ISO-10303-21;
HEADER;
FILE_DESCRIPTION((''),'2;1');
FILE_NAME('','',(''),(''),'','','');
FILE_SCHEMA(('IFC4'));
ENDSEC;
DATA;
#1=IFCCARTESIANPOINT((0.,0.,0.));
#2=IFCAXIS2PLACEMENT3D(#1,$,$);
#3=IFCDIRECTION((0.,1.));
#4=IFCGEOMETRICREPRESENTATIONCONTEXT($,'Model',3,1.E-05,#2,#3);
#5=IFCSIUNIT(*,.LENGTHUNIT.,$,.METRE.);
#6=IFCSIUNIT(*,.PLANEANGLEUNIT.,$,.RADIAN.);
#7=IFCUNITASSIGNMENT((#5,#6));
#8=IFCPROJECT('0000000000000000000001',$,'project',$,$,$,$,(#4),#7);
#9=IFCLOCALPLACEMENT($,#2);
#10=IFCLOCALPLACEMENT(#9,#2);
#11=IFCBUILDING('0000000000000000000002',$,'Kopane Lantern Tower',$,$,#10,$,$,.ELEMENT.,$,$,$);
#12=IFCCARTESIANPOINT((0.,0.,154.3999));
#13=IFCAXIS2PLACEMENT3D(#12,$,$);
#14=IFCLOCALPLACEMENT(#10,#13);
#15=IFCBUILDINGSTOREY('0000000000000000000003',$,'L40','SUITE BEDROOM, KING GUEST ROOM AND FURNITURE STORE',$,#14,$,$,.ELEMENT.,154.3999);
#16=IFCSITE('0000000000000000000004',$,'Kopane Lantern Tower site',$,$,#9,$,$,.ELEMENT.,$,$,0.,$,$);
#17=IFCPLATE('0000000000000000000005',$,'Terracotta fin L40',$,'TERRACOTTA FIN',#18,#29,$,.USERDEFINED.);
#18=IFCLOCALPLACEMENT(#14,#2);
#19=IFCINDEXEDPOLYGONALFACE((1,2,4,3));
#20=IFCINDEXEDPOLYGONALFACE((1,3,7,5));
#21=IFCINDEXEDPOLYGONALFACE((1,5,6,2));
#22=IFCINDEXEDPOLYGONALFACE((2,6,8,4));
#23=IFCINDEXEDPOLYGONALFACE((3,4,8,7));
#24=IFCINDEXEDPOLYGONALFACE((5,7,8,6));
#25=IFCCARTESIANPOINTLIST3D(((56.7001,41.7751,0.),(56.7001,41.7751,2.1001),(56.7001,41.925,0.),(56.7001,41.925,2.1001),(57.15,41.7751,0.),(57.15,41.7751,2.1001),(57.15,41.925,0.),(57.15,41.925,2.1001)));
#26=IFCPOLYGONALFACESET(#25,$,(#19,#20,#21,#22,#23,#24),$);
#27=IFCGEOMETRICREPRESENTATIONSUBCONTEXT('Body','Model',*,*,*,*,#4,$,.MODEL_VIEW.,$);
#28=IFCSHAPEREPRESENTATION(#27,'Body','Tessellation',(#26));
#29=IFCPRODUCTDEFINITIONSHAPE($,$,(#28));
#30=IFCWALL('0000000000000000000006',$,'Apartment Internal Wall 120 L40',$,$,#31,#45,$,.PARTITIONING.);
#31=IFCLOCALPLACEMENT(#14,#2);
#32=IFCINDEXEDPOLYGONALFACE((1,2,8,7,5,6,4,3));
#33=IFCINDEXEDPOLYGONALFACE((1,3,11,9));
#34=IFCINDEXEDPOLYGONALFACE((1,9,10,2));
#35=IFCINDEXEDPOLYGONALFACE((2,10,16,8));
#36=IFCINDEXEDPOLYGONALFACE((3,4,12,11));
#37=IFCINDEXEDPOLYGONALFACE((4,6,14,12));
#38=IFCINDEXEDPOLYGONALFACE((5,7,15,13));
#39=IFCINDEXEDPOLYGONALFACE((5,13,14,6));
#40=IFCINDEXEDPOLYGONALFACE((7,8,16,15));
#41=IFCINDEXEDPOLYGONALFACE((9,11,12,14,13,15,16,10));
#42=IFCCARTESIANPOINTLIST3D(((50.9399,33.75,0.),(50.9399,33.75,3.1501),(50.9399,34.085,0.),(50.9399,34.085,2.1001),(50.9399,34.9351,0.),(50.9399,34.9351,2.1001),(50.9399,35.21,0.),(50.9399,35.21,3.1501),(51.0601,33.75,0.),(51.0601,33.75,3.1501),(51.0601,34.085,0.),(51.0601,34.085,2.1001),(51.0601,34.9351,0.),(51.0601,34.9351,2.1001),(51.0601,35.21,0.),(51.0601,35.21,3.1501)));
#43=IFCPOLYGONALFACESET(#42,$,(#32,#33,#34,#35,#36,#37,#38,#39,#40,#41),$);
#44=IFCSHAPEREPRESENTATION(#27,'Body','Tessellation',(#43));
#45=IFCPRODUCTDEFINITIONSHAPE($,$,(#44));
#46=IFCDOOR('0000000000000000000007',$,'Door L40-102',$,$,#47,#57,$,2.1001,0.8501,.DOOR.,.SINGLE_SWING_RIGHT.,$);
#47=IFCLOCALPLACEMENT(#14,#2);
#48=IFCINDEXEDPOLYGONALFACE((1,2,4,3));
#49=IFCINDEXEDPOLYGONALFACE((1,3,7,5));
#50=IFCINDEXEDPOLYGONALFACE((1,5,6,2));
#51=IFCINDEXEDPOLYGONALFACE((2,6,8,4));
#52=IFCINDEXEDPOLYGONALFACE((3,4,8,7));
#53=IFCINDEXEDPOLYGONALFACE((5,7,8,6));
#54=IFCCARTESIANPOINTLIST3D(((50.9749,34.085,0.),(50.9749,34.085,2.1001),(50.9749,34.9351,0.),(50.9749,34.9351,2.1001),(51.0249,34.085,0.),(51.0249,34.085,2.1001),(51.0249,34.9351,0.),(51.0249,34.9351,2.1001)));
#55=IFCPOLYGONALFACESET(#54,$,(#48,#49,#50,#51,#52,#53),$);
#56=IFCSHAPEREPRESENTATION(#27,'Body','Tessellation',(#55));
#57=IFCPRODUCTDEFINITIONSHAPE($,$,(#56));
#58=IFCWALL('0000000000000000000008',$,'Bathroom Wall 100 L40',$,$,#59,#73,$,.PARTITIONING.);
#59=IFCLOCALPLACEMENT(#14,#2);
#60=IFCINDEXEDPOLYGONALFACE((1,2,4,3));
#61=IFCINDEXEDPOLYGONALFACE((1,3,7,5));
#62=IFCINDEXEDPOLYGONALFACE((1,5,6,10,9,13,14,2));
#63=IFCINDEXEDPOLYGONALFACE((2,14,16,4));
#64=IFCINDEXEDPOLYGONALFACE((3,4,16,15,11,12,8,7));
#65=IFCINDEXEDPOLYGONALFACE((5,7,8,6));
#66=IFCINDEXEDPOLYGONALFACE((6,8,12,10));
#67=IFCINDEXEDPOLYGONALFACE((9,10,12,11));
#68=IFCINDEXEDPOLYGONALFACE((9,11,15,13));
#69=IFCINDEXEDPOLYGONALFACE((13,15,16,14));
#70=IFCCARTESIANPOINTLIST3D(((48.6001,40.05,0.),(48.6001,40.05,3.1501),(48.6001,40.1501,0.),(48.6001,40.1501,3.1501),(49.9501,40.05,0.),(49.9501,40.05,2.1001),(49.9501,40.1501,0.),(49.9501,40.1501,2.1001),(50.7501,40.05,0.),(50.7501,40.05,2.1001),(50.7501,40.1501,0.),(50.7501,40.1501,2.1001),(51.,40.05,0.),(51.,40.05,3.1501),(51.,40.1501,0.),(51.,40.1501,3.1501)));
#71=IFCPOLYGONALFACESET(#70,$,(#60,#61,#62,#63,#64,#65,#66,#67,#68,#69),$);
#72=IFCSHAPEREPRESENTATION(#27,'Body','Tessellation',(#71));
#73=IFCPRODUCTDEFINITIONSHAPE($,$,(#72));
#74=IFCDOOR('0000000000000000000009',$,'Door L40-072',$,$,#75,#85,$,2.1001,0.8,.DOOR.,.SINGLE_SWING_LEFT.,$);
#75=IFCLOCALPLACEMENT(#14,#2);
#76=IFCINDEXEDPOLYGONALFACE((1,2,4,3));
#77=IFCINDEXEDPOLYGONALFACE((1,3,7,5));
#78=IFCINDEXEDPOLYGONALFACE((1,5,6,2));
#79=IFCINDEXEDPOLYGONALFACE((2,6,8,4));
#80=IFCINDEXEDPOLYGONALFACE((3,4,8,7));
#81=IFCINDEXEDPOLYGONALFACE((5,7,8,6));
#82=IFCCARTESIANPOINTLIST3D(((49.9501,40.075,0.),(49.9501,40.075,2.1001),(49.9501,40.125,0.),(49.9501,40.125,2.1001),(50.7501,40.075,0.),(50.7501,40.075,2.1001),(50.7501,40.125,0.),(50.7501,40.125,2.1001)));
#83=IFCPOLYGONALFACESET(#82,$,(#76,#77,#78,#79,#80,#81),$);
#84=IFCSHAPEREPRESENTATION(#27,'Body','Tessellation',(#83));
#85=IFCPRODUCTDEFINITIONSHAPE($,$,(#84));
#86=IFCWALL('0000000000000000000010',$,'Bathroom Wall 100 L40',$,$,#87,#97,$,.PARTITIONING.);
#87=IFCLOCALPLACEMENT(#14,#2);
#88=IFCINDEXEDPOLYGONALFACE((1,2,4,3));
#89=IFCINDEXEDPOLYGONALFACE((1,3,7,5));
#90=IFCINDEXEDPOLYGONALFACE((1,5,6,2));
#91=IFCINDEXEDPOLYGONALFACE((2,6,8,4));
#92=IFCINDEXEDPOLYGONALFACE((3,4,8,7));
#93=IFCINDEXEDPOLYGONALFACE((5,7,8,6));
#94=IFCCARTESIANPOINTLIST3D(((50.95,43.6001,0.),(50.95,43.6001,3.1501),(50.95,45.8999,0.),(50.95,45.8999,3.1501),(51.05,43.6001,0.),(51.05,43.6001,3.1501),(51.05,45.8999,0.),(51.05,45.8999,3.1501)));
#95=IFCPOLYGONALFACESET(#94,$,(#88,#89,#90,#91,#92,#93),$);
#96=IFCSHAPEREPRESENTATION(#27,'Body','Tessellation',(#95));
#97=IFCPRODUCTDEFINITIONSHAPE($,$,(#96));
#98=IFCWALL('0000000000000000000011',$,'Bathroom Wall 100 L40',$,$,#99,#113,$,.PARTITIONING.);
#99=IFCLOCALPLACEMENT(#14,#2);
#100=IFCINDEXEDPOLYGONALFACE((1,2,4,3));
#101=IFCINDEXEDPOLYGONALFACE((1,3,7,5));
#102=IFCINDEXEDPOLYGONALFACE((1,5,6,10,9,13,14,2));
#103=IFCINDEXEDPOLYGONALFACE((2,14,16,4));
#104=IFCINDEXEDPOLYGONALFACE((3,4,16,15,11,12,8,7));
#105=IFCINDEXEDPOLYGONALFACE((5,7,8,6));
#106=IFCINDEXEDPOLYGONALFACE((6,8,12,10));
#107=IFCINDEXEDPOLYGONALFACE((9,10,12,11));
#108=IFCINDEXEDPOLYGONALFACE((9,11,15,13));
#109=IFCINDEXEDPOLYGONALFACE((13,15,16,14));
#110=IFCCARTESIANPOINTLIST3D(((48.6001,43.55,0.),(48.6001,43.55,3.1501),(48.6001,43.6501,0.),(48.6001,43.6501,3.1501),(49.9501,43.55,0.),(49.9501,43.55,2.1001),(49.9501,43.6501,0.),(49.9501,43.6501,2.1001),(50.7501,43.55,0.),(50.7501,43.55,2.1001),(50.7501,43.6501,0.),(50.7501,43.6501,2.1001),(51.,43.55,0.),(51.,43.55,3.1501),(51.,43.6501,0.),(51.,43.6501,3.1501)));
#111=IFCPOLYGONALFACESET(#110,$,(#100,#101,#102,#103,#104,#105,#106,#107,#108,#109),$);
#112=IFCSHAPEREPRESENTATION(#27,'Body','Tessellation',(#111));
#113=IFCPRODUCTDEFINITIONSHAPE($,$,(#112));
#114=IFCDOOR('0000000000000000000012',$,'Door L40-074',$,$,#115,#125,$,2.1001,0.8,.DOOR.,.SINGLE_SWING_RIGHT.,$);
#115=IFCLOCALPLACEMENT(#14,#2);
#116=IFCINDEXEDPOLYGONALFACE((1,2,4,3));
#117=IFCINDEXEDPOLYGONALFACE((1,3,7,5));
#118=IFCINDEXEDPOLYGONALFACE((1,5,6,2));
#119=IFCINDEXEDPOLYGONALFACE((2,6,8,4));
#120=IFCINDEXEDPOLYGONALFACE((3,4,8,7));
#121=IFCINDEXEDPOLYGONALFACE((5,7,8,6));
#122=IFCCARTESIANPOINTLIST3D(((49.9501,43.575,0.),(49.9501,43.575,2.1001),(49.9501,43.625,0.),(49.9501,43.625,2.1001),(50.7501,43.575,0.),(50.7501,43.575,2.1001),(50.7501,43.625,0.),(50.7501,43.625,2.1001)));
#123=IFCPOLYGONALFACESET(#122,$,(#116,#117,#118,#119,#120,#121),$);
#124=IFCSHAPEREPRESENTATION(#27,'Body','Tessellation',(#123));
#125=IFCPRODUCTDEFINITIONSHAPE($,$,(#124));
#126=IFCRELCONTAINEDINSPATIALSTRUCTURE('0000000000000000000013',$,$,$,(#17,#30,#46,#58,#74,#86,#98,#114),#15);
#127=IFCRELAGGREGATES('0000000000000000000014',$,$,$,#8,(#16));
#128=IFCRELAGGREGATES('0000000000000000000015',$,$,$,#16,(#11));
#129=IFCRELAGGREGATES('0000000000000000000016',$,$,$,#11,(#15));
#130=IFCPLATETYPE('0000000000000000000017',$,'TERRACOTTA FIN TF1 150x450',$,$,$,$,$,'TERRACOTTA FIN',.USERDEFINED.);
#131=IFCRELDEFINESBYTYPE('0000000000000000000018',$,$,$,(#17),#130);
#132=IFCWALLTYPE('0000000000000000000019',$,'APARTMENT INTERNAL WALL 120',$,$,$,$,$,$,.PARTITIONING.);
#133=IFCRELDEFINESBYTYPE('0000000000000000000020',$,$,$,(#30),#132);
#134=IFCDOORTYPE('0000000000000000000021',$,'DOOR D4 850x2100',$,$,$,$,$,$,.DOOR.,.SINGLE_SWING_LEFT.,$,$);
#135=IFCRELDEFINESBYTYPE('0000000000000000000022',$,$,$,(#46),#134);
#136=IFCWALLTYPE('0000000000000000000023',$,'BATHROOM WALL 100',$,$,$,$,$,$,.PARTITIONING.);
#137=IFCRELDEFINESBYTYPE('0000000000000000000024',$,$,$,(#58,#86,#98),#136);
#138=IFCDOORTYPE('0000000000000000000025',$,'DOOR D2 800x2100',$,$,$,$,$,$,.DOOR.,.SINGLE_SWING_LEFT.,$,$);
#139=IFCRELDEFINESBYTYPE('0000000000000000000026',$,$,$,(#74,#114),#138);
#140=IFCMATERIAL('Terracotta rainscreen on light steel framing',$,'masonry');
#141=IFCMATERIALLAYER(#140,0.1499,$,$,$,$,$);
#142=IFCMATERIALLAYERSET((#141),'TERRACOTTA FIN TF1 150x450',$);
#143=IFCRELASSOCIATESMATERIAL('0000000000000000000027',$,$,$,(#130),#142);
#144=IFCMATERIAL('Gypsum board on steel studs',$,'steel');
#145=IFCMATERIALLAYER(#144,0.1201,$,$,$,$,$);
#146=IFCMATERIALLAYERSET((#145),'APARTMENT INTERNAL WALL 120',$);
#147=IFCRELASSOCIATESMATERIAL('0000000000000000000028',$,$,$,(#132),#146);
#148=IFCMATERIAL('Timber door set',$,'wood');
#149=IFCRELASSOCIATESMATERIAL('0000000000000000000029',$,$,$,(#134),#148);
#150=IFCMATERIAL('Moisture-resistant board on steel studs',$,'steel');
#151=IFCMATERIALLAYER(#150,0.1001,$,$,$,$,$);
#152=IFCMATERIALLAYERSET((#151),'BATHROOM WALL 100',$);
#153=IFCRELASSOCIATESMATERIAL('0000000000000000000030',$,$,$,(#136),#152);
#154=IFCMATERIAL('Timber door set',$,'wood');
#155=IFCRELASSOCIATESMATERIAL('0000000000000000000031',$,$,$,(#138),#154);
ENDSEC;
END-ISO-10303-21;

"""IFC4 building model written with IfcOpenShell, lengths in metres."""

from ifc_helpers import new_model, si_unit, direction, frame, frame_2d, origin, origin_2d, place, context, subcontext, project, spatial, rectangle, extrude, material, layer, layer_set, type_object, element, fill, save


model = new_model("IFC4")

# Units and contexts
model_context = context("Model", 3, precision=1e-05, world=origin(), true_north=direction((0.0, 1.0)))
body_context = subcontext(model_context, "Body", "Model", "MODEL_VIEW")
ifc_project = project(units=[si_unit("LENGTHUNIT", "METRE"), si_unit("PLANEANGLEUNIT", "RADIAN")], contexts=[model_context])

# Site, building, storey
site_placement = place(None, origin())
site = spatial("IfcSite", under=ifc_project, at=site_placement, Name="Kopane Lantern Tower site", CompositionType="ELEMENT", RefElevation=0.0)
building_placement = place(site_placement, origin())
building = spatial("IfcBuilding", under=site, at=building_placement, Name="Kopane Lantern Tower", CompositionType="ELEMENT")
storey_placement = place(building_placement, frame((0.0, 0.0, 154.3999)))
storey = spatial("IfcBuildingStorey", under=building, at=storey_placement, Name="L40", Description="SUITE BEDROOM, KING GUEST ROOM AND FURNITURE STORE", CompositionType="ELEMENT", Elevation=154.3999)

# Plate
ifc_material_1 = material(Name="Terracotta rainscreen on light steel framing", Category="masonry")
ifc_layer_1 = layer(ifc_material_1, 0.1499)
ifc_layer_set_1 = layer_set([ifc_layer_1], Name="TERRACOTTA FIN TF1 150x450")
plate_type = type_object("IfcPlateType", Name="TERRACOTTA FIN TF1 150x450", ElementType="TERRACOTTA FIN", PredefinedType="USERDEFINED", material=ifc_layer_set_1)
for number, where, z_axis, x_axis, name in (
    (1, (56.925, 41.8501, 0.0), (0.0, 0.0, 1.0), (0.0, 1.0, 0.0), "Terracotta fin L40"),
):
    element("IfcPlate", number, at=place(storey_placement, frame(where, z_axis=z_axis, x_axis=x_axis)), inside=storey, type_object=plate_type, Name=name, ObjectType="TERRACOTTA FIN", PredefinedType="USERDEFINED", context=body_context, shape_type="SweptSolid", body=[
        extrude(rectangle(XDim=0.1499, YDim=0.45, at=origin_2d()), origin(), (0.0, 0.0, 1.0), 2.1001),
    ])

# Walls, openings, doors
ifc_material_2 = material(Name="Gypsum board on steel studs", Category="steel")
ifc_layer_2 = layer(ifc_material_2, 0.1201)
ifc_layer_set_2 = layer_set([ifc_layer_2], Name="APARTMENT INTERNAL WALL 120")
wall_type_1 = type_object("IfcWallType", Name="APARTMENT INTERNAL WALL 120", PredefinedType="PARTITIONING", material=ifc_layer_set_2)
wall_1_placement = place(storey_placement, frame((51.0, 35.21, 0.0), z_axis=(0.0, 0.0, 1.0), x_axis=(0.0, -1.0, 0.0)))
wall_1 = element("IfcWall", 2, at=wall_1_placement, inside=storey, type_object=wall_type_1, Name="Apartment Internal Wall 120 L40", PredefinedType="PARTITIONING", context=body_context, shape_type="SweptSolid", body=[
    extrude(rectangle(XDim=1.46, YDim=0.1201, at=frame_2d((0.73, 0.0))), origin(), (0.0, 0.0, 1.0), 3.1501),
])
opening_1_placement = place(wall_1_placement, frame((0.2749, 0.0, 0.0)))
opening_1 = element("IfcOpeningElement", 3, at=opening_1_placement, cuts=wall_1, PredefinedType="OPENING", context=body_context, shape_type="SweptSolid", body=[
    extrude(rectangle(XDim=0.8501, YDim=2.1001, at=frame_2d((0.425, 1.05))), frame((0.0, 0.0701, 0.0), z_axis=(0.0, -1.0, 0.0), x_axis=(1.0, 0.0, 0.0)), (0.0, 0.0, 1.0), 0.1401),
])
ifc_material_3 = material(Name="Timber door set", Category="wood")
door_type_1 = type_object("IfcDoorType", Name="DOOR D4 850x2100", OperationType="SINGLE_SWING_LEFT", PredefinedType="DOOR", material=ifc_material_3)
door_1_placement = place(opening_1_placement, origin())
door_1 = element("IfcDoor", 4, at=door_1_placement, inside=storey, type_object=door_type_1, Name="Door L40-102", OperationType="SINGLE_SWING_RIGHT", OverallHeight=2.1001, OverallWidth=0.8501, PredefinedType="DOOR", context=body_context, shape_type="SweptSolid", body=[
    extrude(rectangle(XDim=0.8501, YDim=2.1001, at=frame_2d((0.425, 1.05))), frame((0.0, 0.0249, 0.0), z_axis=(0.0, -1.0, 0.0), x_axis=(1.0, 0.0, 0.0)), (0.0, 0.0, 1.0), 0.05),
])
fill(opening_1, door_1)
ifc_material_4 = material(Name="Moisture-resistant board on steel studs", Category="steel")
ifc_layer_3 = layer(ifc_material_4, 0.1001)
ifc_layer_set_3 = layer_set([ifc_layer_3], Name="BATHROOM WALL 100")
wall_type_2 = type_object("IfcWallType", Name="BATHROOM WALL 100", PredefinedType="PARTITIONING", material=ifc_layer_set_3)
wall_2_placement = place(storey_placement, frame((48.6001, 40.1001, 0.0), z_axis=(0.0, 0.0, 1.0), x_axis=(1.0, 0.0, 0.0)))
wall_2 = element("IfcWall", 5, at=wall_2_placement, inside=storey, type_object=wall_type_2, Name="Bathroom Wall 100 L40", PredefinedType="PARTITIONING", context=body_context, shape_type="SweptSolid", body=[
    extrude(rectangle(XDim=2.3999, YDim=0.1001, at=frame_2d((1.2, 0.0))), origin(), (0.0, 0.0, 1.0), 3.1501),
])
opening_2_placement = place(wall_2_placement, frame((1.3501, 0.0, 0.0)))
opening_2 = element("IfcOpeningElement", 6, at=opening_2_placement, cuts=wall_2, PredefinedType="OPENING", context=body_context, shape_type="SweptSolid", body=[
    extrude(rectangle(XDim=0.8, YDim=2.1001, at=frame_2d((0.3999, 1.05))), frame((0.0, 0.0601, 0.0), z_axis=(0.0, -1.0, 0.0), x_axis=(1.0, 0.0, 0.0)), (0.0, 0.0, 1.0), 0.1201),
])
ifc_material_5 = material(Name="Timber door set", Category="wood")
door_type_2 = type_object("IfcDoorType", Name="DOOR D2 800x2100", OperationType="SINGLE_SWING_LEFT", PredefinedType="DOOR", material=ifc_material_5)
door_2_placement = place(opening_2_placement, origin())
door_2 = element("IfcDoor", 7, at=door_2_placement, inside=storey, type_object=door_type_2, Name="Door L40-072", OperationType="SINGLE_SWING_LEFT", OverallHeight=2.1001, OverallWidth=0.8, PredefinedType="DOOR", context=body_context, shape_type="SweptSolid", body=[
    extrude(rectangle(XDim=0.8, YDim=2.1001, at=frame_2d((0.3999, 1.05))), frame((0.0, 0.0249, 0.0), z_axis=(0.0, -1.0, 0.0), x_axis=(1.0, 0.0, 0.0)), (0.0, 0.0, 1.0), 0.05),
])
fill(opening_2, door_2)

# Wall
wall_3_placement = place(storey_placement, frame((51.0, 43.6001, 0.0), z_axis=(0.0, 0.0, 1.0), x_axis=(0.0, 1.0, 0.0)))
element("IfcWall", 8, at=wall_3_placement, inside=storey, type_object=wall_type_2, Name="Bathroom Wall 100 L40", PredefinedType="PARTITIONING", context=body_context, shape_type="SweptSolid", body=[
    extrude(rectangle(XDim=2.2998, YDim=0.1001, at=frame_2d((1.1499, 0.0))), origin(), (0.0, 0.0, 1.0), 3.1501),
])

# Wall, opening, door
wall_4_placement = place(storey_placement, frame((48.6001, 43.6001, 0.0), z_axis=(0.0, 0.0, 1.0), x_axis=(1.0, 0.0, 0.0)))
wall_4 = element("IfcWall", 9, at=wall_4_placement, inside=storey, type_object=wall_type_2, Name="Bathroom Wall 100 L40", PredefinedType="PARTITIONING", context=body_context, shape_type="SweptSolid", body=[
    extrude(rectangle(XDim=2.3999, YDim=0.1001, at=frame_2d((1.2, 0.0))), origin(), (0.0, 0.0, 1.0), 3.1501),
])
opening_3_placement = place(wall_4_placement, frame((1.3501, 0.0, 0.0)))
opening_3 = element("IfcOpeningElement", 10, at=opening_3_placement, cuts=wall_4, PredefinedType="OPENING", context=body_context, shape_type="SweptSolid", body=[
    extrude(rectangle(XDim=0.8, YDim=2.1001, at=frame_2d((0.3999, 1.05))), frame((0.0, 0.0601, 0.0), z_axis=(0.0, -1.0, 0.0), x_axis=(1.0, 0.0, 0.0)), (0.0, 0.0, 1.0), 0.1201),
])
door_3_placement = place(opening_3_placement, origin())
door_3 = element("IfcDoor", 11, at=door_3_placement, inside=storey, type_object=door_type_2, Name="Door L40-074", OperationType="SINGLE_SWING_RIGHT", OverallHeight=2.1001, OverallWidth=0.8, PredefinedType="DOOR", context=body_context, shape_type="SweptSolid", body=[
    extrude(rectangle(XDim=0.8, YDim=2.1001, at=frame_2d((0.3999, 1.05))), frame((0.0, 0.0249, 0.0), z_axis=(0.0, -1.0, 0.0), x_axis=(1.0, 0.0, 0.0)), (0.0, 0.0, 1.0), 0.05),
])
fill(opening_3, door_3)

save(model, "model.ifc")
